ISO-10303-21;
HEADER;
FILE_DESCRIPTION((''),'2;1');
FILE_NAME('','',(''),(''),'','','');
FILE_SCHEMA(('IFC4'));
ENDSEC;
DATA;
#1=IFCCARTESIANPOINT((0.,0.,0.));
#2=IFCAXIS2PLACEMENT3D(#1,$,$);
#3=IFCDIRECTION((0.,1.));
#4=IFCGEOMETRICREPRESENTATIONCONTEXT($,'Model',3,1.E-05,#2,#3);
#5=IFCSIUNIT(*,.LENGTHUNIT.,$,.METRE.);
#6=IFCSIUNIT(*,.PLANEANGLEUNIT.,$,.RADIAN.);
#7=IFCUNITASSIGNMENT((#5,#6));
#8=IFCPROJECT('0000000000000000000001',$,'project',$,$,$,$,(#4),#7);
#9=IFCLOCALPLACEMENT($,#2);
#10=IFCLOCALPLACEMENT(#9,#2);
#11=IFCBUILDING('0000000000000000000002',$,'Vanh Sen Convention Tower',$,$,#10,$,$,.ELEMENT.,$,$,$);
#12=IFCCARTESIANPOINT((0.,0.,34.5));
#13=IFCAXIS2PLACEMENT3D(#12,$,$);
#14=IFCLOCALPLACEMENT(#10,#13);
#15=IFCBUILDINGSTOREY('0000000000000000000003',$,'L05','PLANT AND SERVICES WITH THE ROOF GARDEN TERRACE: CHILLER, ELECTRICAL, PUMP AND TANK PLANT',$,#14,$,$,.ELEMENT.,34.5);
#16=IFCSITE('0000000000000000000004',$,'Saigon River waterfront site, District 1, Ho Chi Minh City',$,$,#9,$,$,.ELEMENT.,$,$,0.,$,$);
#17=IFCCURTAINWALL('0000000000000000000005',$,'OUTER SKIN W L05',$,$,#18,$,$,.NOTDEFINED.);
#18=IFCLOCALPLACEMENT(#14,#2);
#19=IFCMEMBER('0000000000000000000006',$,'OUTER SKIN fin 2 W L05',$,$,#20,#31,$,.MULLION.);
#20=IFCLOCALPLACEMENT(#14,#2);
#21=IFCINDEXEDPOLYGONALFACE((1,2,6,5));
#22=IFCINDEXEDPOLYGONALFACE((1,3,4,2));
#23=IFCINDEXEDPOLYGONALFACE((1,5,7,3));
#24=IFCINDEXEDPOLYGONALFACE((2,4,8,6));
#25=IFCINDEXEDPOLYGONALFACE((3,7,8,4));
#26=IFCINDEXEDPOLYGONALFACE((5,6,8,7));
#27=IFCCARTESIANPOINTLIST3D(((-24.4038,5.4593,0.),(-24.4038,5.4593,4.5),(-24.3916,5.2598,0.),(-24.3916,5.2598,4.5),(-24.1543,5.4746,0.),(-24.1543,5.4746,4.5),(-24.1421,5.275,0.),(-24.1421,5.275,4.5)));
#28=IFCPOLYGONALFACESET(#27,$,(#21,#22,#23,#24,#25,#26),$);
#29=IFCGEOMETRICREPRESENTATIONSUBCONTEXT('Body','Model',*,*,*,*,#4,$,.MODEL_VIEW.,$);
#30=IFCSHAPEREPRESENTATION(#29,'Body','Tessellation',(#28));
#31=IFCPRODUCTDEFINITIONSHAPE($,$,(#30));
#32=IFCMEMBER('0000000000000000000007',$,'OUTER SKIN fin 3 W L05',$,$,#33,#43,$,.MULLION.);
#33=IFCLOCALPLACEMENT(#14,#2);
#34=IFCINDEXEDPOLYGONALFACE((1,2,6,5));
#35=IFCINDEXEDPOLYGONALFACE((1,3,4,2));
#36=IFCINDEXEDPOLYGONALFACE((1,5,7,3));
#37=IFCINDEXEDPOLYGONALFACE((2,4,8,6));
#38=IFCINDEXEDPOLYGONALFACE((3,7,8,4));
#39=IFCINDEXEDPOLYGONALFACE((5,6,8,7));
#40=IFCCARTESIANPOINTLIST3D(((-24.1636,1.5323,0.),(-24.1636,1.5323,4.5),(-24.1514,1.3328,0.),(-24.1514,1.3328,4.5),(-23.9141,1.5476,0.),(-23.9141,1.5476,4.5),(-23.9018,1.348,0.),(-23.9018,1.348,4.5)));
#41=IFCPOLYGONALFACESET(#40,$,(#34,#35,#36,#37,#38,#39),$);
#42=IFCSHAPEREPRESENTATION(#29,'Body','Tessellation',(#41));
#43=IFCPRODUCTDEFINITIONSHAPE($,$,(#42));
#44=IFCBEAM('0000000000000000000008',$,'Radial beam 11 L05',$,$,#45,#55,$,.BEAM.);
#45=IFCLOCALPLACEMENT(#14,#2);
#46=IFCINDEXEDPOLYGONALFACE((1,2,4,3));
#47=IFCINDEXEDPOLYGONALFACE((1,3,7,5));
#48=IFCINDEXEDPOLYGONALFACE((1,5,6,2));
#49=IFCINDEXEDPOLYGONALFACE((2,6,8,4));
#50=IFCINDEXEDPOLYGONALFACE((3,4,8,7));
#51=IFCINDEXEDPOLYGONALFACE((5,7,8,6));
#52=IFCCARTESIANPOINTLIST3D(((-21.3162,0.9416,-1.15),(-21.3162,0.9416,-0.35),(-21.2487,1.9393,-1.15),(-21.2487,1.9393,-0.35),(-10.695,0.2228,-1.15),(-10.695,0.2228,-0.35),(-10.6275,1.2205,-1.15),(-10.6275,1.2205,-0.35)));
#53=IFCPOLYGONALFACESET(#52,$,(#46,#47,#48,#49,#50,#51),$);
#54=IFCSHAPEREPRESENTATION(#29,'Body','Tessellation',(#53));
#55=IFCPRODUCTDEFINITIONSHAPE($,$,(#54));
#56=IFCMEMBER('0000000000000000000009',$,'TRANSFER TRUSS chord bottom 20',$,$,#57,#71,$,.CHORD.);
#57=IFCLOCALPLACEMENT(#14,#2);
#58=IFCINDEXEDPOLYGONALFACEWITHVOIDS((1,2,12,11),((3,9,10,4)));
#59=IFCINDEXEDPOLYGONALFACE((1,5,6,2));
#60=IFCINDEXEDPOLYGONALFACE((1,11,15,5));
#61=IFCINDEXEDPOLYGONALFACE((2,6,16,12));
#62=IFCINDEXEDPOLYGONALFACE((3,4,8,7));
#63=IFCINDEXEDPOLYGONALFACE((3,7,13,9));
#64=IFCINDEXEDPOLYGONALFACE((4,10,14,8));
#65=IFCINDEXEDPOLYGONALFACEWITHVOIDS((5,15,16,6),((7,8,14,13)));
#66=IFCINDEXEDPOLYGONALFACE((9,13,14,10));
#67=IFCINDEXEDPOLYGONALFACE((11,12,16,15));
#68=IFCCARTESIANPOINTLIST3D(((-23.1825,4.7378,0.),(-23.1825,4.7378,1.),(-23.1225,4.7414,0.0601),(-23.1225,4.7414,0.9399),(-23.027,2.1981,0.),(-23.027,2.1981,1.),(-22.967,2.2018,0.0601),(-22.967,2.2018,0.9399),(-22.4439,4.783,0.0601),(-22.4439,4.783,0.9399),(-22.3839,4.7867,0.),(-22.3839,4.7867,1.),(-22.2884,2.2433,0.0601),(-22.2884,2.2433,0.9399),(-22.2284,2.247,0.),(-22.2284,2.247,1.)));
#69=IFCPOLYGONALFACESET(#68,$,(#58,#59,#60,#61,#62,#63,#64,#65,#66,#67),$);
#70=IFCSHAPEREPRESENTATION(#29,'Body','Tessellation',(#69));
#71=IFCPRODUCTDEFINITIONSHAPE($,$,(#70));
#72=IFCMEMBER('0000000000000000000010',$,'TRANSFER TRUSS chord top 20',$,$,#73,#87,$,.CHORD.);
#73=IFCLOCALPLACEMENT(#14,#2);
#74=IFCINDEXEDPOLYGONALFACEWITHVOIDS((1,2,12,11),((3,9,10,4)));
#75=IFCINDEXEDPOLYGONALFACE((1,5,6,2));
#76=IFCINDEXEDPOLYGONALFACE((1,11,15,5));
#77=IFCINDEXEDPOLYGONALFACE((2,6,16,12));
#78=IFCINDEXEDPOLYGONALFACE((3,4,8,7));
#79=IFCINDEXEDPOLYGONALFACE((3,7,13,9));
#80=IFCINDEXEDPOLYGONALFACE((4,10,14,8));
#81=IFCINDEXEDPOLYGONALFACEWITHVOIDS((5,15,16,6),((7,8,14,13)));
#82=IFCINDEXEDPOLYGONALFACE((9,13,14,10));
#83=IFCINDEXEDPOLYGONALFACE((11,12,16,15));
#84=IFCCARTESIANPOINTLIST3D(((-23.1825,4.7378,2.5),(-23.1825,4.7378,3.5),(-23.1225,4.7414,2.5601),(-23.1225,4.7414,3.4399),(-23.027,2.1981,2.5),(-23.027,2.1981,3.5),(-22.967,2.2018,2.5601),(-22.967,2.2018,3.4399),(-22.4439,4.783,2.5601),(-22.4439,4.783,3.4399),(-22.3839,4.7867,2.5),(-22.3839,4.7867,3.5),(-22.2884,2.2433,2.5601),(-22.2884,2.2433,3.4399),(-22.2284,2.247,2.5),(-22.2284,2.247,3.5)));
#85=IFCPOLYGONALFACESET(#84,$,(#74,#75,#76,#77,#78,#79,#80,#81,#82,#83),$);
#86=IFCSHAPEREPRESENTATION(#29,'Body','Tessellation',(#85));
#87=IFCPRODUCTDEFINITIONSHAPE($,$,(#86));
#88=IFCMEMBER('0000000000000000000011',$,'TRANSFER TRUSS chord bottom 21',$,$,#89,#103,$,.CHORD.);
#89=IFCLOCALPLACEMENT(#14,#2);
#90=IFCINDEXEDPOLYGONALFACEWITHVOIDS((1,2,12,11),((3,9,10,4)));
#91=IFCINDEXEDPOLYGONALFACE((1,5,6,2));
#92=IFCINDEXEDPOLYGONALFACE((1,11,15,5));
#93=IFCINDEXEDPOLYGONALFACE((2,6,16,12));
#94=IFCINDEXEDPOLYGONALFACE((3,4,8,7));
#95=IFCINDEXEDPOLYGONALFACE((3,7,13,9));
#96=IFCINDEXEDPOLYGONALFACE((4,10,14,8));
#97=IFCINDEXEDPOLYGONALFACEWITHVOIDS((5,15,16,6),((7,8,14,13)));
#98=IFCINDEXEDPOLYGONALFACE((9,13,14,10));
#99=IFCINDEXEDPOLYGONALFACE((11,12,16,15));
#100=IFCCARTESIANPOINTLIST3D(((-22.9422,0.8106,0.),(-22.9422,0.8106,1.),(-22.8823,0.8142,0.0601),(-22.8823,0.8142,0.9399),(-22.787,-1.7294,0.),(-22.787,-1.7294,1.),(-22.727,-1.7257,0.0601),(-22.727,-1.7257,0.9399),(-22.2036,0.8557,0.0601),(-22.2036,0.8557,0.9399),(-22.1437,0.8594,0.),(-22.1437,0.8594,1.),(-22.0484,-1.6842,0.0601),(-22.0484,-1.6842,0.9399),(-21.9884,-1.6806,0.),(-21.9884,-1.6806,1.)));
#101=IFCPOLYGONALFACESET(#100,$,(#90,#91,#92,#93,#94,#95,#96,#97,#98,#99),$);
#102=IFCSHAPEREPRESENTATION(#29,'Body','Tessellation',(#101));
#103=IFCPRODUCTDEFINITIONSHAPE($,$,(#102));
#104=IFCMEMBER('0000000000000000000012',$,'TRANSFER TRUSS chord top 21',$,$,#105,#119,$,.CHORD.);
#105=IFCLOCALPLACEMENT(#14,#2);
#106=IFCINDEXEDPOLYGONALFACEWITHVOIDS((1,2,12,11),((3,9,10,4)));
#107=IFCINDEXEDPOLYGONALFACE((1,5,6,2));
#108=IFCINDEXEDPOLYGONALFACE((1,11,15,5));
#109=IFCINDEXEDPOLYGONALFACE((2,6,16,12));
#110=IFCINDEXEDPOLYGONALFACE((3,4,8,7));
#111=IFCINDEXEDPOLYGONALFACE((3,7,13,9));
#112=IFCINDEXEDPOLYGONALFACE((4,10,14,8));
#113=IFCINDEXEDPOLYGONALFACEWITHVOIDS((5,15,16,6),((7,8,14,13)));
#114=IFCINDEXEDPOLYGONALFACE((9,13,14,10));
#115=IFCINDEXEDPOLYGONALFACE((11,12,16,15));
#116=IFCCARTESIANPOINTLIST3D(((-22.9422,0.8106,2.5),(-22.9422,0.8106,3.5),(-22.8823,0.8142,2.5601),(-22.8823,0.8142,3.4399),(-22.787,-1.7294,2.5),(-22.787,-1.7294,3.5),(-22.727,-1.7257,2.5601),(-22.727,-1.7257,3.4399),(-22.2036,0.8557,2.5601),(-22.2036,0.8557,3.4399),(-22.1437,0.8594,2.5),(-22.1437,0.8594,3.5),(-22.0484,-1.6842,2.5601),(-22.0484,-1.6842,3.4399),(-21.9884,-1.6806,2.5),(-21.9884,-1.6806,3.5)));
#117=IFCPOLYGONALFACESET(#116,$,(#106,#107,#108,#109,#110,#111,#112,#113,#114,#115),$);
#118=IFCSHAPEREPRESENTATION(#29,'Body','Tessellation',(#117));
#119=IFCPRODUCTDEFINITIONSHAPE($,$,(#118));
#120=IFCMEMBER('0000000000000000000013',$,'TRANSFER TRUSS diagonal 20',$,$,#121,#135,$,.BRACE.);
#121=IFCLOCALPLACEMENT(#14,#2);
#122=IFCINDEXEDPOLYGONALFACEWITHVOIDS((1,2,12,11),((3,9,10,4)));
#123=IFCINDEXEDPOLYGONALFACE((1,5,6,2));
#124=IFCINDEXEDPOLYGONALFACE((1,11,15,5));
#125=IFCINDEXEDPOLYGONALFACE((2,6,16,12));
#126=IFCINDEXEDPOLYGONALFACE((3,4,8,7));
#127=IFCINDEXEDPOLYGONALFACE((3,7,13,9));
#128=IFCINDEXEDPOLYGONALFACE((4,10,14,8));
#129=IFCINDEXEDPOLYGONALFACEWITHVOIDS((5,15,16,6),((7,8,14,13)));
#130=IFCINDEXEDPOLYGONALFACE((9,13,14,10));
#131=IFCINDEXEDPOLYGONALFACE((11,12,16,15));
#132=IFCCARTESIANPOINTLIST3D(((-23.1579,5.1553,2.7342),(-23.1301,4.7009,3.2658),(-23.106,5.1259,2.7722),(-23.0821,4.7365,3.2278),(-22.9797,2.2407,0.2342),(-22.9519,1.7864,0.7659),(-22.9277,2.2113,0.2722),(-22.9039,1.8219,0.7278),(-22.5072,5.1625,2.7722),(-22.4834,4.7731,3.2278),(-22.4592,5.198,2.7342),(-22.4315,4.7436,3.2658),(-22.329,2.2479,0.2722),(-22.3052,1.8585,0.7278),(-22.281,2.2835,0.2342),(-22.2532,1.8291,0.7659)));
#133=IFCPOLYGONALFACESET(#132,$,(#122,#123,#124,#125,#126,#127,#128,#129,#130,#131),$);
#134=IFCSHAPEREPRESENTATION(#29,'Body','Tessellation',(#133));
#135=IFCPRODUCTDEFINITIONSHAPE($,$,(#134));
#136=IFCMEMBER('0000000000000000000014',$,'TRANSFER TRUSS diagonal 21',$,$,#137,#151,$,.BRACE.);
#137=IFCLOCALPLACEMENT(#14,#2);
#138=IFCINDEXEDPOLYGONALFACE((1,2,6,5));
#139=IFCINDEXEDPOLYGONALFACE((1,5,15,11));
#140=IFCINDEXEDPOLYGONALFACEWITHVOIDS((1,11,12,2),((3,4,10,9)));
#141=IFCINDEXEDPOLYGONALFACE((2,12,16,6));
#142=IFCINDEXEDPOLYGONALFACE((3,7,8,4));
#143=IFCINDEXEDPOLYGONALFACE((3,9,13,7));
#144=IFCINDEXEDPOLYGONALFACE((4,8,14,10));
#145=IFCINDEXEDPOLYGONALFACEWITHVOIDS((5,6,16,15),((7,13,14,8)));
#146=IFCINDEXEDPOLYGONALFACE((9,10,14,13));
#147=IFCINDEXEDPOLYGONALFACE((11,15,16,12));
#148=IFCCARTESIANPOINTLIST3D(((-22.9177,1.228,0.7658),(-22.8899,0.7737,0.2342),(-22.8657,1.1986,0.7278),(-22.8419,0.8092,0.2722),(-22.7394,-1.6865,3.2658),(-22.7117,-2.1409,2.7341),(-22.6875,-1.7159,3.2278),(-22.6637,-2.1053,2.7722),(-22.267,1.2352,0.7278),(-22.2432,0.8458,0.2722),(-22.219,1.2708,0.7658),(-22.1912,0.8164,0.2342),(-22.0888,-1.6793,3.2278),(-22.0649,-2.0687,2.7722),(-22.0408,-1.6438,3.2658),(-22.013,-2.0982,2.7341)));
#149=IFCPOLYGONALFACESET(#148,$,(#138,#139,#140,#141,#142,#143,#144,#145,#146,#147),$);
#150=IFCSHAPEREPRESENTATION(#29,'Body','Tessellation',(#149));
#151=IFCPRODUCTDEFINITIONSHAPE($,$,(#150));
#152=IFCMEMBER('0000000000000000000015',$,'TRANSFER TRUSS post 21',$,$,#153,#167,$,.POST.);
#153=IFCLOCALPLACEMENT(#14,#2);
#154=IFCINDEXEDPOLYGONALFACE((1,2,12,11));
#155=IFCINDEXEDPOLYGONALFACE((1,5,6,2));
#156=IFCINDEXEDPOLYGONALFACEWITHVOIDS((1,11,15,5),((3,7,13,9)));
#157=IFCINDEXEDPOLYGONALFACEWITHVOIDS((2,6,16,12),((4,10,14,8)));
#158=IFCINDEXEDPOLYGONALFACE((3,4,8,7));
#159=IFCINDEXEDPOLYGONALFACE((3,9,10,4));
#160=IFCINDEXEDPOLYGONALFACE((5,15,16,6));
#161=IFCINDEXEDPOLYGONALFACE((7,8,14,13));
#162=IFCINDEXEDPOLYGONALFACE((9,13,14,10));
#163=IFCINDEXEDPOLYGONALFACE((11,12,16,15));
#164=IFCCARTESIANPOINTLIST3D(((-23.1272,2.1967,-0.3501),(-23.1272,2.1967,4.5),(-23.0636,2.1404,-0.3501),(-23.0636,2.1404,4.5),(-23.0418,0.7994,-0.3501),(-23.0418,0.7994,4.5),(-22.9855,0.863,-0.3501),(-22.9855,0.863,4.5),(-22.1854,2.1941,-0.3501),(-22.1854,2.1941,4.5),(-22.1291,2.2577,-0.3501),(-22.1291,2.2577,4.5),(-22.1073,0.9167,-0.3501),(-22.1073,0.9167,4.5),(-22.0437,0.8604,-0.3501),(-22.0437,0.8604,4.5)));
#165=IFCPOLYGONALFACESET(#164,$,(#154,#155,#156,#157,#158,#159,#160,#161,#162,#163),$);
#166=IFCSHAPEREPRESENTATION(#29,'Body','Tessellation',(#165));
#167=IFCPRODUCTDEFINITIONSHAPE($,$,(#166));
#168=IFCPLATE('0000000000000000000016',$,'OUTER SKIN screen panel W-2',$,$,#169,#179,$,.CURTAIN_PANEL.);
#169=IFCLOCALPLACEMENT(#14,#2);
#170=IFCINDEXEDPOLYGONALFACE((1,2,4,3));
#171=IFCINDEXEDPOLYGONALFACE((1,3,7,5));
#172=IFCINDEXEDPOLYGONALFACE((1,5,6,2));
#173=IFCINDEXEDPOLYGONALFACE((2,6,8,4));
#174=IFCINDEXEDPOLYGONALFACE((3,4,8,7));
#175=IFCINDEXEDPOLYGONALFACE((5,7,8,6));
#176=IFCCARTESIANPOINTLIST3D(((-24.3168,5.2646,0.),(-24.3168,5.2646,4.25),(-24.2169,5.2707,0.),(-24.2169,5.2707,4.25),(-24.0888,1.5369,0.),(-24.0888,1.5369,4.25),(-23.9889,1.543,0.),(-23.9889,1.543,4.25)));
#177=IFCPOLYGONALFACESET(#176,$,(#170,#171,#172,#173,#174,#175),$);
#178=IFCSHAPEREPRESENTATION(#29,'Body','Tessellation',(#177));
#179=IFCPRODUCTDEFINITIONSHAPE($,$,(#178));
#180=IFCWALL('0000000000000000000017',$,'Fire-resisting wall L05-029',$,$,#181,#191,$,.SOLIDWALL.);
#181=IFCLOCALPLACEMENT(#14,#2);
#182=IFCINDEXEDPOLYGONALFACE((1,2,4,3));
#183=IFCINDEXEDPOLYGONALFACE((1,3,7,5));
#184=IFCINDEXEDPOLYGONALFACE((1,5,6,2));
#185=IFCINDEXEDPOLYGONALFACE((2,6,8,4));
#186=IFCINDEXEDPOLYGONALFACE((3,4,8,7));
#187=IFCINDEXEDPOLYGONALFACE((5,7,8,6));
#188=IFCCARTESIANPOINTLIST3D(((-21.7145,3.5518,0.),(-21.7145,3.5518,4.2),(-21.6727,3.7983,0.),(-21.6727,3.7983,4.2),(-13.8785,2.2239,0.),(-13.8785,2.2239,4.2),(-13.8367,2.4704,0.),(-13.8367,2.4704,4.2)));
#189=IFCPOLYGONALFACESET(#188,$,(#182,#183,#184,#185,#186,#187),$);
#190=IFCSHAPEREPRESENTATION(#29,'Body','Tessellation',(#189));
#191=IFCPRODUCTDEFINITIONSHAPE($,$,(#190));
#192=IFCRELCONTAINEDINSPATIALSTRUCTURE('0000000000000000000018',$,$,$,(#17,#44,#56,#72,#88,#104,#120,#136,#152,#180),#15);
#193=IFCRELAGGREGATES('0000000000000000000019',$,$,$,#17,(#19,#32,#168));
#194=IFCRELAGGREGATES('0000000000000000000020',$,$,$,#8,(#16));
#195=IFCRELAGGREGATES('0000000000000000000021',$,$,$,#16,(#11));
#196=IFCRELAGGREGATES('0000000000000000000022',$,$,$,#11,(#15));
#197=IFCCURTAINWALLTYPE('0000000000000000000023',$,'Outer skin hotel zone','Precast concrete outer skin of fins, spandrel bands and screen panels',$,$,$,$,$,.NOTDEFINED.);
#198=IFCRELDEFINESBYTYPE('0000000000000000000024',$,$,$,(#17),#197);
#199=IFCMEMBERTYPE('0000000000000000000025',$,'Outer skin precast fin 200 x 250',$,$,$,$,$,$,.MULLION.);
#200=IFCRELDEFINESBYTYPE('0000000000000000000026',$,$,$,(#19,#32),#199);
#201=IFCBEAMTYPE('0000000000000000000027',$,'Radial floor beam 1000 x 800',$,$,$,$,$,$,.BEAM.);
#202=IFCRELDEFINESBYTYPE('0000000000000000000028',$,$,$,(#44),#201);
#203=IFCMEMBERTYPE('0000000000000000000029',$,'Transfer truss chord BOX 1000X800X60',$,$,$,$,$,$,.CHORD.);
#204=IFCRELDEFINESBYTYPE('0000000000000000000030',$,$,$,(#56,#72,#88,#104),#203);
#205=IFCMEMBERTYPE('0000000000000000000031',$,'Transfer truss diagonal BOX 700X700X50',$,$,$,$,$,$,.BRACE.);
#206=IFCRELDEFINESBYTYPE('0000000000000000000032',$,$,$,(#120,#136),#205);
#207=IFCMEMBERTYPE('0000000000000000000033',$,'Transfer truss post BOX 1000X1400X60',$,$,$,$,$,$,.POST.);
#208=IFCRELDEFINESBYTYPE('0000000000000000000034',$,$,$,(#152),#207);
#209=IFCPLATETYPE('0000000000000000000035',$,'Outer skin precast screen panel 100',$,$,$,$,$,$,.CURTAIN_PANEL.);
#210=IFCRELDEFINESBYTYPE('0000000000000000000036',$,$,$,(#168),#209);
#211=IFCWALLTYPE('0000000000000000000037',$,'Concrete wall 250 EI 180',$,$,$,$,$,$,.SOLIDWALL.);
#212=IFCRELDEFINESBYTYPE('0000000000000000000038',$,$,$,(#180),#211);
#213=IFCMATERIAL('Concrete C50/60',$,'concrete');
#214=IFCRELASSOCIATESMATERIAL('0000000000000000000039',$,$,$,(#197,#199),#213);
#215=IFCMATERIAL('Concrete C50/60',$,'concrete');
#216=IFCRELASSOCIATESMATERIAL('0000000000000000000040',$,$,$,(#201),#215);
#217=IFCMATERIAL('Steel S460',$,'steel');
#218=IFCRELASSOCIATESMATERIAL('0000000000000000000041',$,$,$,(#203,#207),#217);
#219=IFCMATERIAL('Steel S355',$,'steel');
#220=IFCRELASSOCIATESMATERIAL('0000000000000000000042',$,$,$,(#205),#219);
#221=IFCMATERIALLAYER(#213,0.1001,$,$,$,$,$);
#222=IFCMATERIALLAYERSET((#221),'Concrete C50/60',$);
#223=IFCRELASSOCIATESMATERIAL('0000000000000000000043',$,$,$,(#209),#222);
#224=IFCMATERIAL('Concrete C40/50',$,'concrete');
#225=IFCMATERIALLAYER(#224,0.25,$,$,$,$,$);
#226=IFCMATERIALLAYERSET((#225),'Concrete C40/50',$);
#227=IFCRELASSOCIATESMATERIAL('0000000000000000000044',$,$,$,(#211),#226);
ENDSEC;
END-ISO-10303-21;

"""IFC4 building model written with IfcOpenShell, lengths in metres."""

from ifc_helpers import new_model, si_unit, direction, frame, frame_2d, origin, origin_2d, place, context, subcontext, project, spatial, rectangle, hollow_rectangle, extrude, material, layer, layer_set, material_profile, profile_set, type_object, element, aggregate, save


model = new_model("IFC4")

# Units and contexts
model_context = context("Model", 3, precision=1e-05, world=origin(), true_north=direction((0.0, 1.0)))
body_context = subcontext(model_context, "Body", "Model", "MODEL_VIEW")
ifc_project = project(units=[si_unit("LENGTHUNIT", "METRE"), si_unit("PLANEANGLEUNIT", "RADIAN")], contexts=[model_context])

# Site, building, storey
site_placement = place(None, origin())
site = spatial("IfcSite", under=ifc_project, at=site_placement, Name="Saigon River waterfront site, District 1, Ho Chi Minh City", CompositionType="ELEMENT", RefElevation=0.0)
building_placement = place(site_placement, origin())
building = spatial("IfcBuilding", under=site, at=building_placement, Name="Vanh Sen Convention Tower", CompositionType="ELEMENT")
storey_placement = place(building_placement, frame((0.0, 0.0, 34.5)))
storey = spatial("IfcBuildingStorey", under=building, at=storey_placement, Name="L05", Description="PLANT AND SERVICES WITH THE ROOF GARDEN TERRACE: CHILLER, ELECTRICAL, PUMP AND TANK PLANT", CompositionType="ELEMENT", Elevation=34.5)

# Curtain wall, members
ifc_material_1 = material(Name="Concrete C50/60", Category="concrete")
curtain_wall_type = type_object("IfcCurtainWallType", Name="Outer skin hotel zone", Description="Precast concrete outer skin of fins, spandrel bands and screen panels", PredefinedType="NOTDEFINED", material=ifc_material_1)
curtain_wall_placement = place(storey_placement, origin())
curtain_wall = element("IfcCurtainWall", 1, at=curtain_wall_placement, inside=storey, type_object=curtain_wall_type, Name="OUTER SKIN W L05", PredefinedType="NOTDEFINED")
ifc_material_profile_1 = material_profile(ifc_material_1, rectangle(XDim=0.2, YDim=0.25, at=origin_2d()), Name="Outer skin precast fin 200 x 250")
ifc_profile_set_1 = profile_set([ifc_material_profile_1], Name="Concrete C50/60")
member_type_1 = type_object("IfcMemberType", Name="Outer skin precast fin 200 x 250", PredefinedType="MULLION", material=ifc_profile_set_1)
member_1_placement = place(storey_placement, frame((-24.2729, 5.3672, 0.0), z_axis=(0.0, 0.0, 1.0), x_axis=(0.061049, -0.998135, 0.0)))
member_1 = element("IfcMember", 2, at=member_1_placement, type_object=member_type_1, Name="OUTER SKIN fin 2 W L05", PredefinedType="MULLION", context=body_context, shape_type="SweptSolid", body=[
    extrude(rectangle(XDim=0.2, YDim=0.25, at=origin_2d()), origin(), (0.0, 0.0, 1.0), 4.5),
])
member_2_placement = place(storey_placement, frame((-24.0327, 1.4402, 0.0), z_axis=(0.0, 0.0, 1.0), x_axis=(0.061049, -0.998135, 0.0)))
member_2 = element("IfcMember", 3, at=member_2_placement, type_object=member_type_1, Name="OUTER SKIN fin 3 W L05", PredefinedType="MULLION", context=body_context, shape_type="SweptSolid", body=[
    extrude(rectangle(XDim=0.2, YDim=0.25, at=origin_2d()), origin(), (0.0, 0.0, 1.0), 4.5),
])

# Beam
ifc_material_2 = material(Name="Concrete C50/60", Category="concrete")
ifc_material_profile_2 = material_profile(ifc_material_2, rectangle(XDim=1.0, YDim=0.8, at=origin_2d()), Name="RC 1000X800")
ifc_profile_set_2 = profile_set([ifc_material_profile_2], Name="Concrete C50/60")
beam_type = type_object("IfcBeamType", Name="Radial floor beam 1000 x 800", PredefinedType="BEAM", material=ifc_profile_set_2)
beam_placement = place(storey_placement, frame((-21.2825, 1.4404, -0.75), z_axis=(0.997718, -0.067516, 0.0), x_axis=(0.067516, 0.997718, 0.0)))
element("IfcBeam", 4, at=beam_placement, inside=storey, type_object=beam_type, Name="Radial beam 11 L05", PredefinedType="BEAM", context=body_context, shape_type="SweptSolid", body=[
    extrude(rectangle(XDim=1.0, YDim=0.8, at=origin_2d()), origin(), (0.0, 0.0, 1.0), 10.6455),
])

# Members
ifc_material_3 = material(Name="Steel S460", Category="steel")
ifc_material_profile_3 = material_profile(ifc_material_3, hollow_rectangle(XDim=0.8, YDim=1.0, WallThickness=0.0601, at=origin_2d()), Name="BOX 1000X800X60")
ifc_profile_set_3 = profile_set([ifc_material_profile_3], Name="Steel S460")
member_type_2 = type_object("IfcMemberType", Name="Transfer truss chord BOX 1000X800X60", PredefinedType="CHORD", material=ifc_profile_set_3)
for number, where, z_axis, x_axis, name in (
    (5, (-22.7832, 4.7622, 0.5), (0.061118, -0.998131, 0.0), (0.998131, 0.061118, 0.0), "TRANSFER TRUSS chord bottom 20"),
    (6, (-22.7832, 4.7622, 3.0), (0.061118, -0.998131, 0.0), (0.998131, 0.061118, 0.0), "TRANSFER TRUSS chord top 20"),
):
    element("IfcMember", number, at=place(storey_placement, frame(where, z_axis=z_axis, x_axis=x_axis)), inside=storey, type_object=member_type_2, Name=name, PredefinedType="CHORD", context=body_context, shape_type="SweptSolid", body=[
        extrude(hollow_rectangle(XDim=0.8, YDim=1.0, WallThickness=0.0601, at=origin_2d()), origin(), (0.0, 0.0, 1.0), 2.5444),
    ])
for number, where, z_axis, x_axis, name in (
    (7, (-22.543, 0.835, 0.5), (0.061016, -0.998137, 0.0), (0.998137, 0.061016, 0.0), "TRANSFER TRUSS chord bottom 21"),
    (8, (-22.543, 0.835, 3.0), (0.061016, -0.998137, 0.0), (0.998137, 0.061016, 0.0), "TRANSFER TRUSS chord top 21"),
):
    element("IfcMember", number, at=place(storey_placement, frame(where, z_axis=z_axis, x_axis=x_axis)), inside=storey, type_object=member_type_2, Name=name, PredefinedType="CHORD", context=body_context, shape_type="SweptSolid", body=[
        extrude(hollow_rectangle(XDim=0.8, YDim=1.0, WallThickness=0.0601, at=origin_2d()), origin(), (0.0, 0.0, 1.0), 2.5447),
    ])
ifc_material_4 = material(Name="Steel S355", Category="steel")
ifc_material_profile_4 = material_profile(ifc_material_4, hollow_rectangle(XDim=0.7, YDim=0.7, WallThickness=0.05, at=origin_2d()), Name="BOX 700X700X50")
ifc_profile_set_4 = profile_set([ifc_material_profile_4], Name="Steel S355")
member_type_3 = type_object("IfcMemberType", Name="Transfer truss diagonal BOX 700X700X50", PredefinedType="BRACE", material=ifc_profile_set_4)
for number, where, z_axis, x_axis, name in (
    (9, (-22.7947, 4.9495, 3.0), (0.046364, -0.758207, -0.650363), (0.998136, 0.061035, 0.0), "TRANSFER TRUSS diagonal 20"),
    (10, (-22.5544, 1.0222, 0.5), (0.046364, -0.758207, 0.650363), (0.998136, 0.061035, 0.0), "TRANSFER TRUSS diagonal 21"),
):
    element("IfcMember", number, at=place(storey_placement, frame(where, z_axis=z_axis, x_axis=x_axis)), inside=storey, type_object=member_type_3, Name=name, PredefinedType="BRACE", context=body_context, shape_type="SweptSolid", body=[
        extrude(hollow_rectangle(XDim=0.7, YDim=0.7, WallThickness=0.05, at=origin_2d()), origin(), (0.0, 0.0, 1.0), 3.844),
    ])
ifc_material_profile_5 = material_profile(ifc_material_3, hollow_rectangle(XDim=1.3999, YDim=1.0, WallThickness=0.0601, at=origin_2d()), Name="BOX 1000X1400X60")
ifc_profile_set_5 = profile_set([ifc_material_profile_5], Name="Steel S460")
member_type_4 = type_object("IfcMemberType", Name="Transfer truss post BOX 1000X1400X60", PredefinedType="POST", material=ifc_profile_set_5)
member_3_placement = place(storey_placement, frame((-22.5854, 1.5286, -0.3501), z_axis=(0.0, 0.0, 1.0), x_axis=(0.061049, -0.998135, 0.0)))
element("IfcMember", 11, at=member_3_placement, inside=storey, type_object=member_type_4, Name="TRANSFER TRUSS post 21", PredefinedType="POST", context=body_context, shape_type="SweptSolid", body=[
    extrude(hollow_rectangle(XDim=1.3999, YDim=1.0, WallThickness=0.0601, at=origin_2d()), origin(), (0.0, 0.0, 1.0), 4.8501),
])

# Plate
ifc_layer_1 = layer(ifc_material_1, 0.1001)
ifc_layer_set_1 = layer_set([ifc_layer_1], Name="Concrete C50/60")
plate_type = type_object("IfcPlateType", Name="Outer skin precast screen panel 100", PredefinedType="CURTAIN_PANEL", material=ifc_layer_set_1)
plate_placement = place(storey_placement, frame((-24.1528, 3.4038, 0.0), z_axis=(0.0, 0.0, 1.0), x_axis=(0.061049, -0.998135, 0.0)))
plate = element("IfcPlate", 12, at=plate_placement, type_object=plate_type, Name="OUTER SKIN screen panel W-2", PredefinedType="CURTAIN_PANEL", context=body_context, shape_type="SweptSolid", body=[
    extrude(rectangle(XDim=3.7346, YDim=0.1001, at=origin_2d()), origin(), (0.0, 0.0, 1.0), 4.25),
])
aggregate(curtain_wall, [member_1, member_2, plate])

# Wall
ifc_material_5 = material(Name="Concrete C40/50", Category="concrete")
ifc_layer_2 = layer(ifc_material_5, 0.25)
ifc_layer_set_2 = layer_set([ifc_layer_2], Name="Concrete C40/50")
wall_type = type_object("IfcWallType", Name="Concrete wall 250 EI 180", PredefinedType="SOLIDWALL", material=ifc_layer_set_2)
wall_1_placement = place(storey_placement, frame((-21.6936, 3.675, 0.0), z_axis=(0.0, 0.0, 1.0), x_axis=(0.985944, -0.167078, 0.0)))
element("IfcWall", 13, at=wall_1_placement, inside=storey, type_object=wall_type, Name="Fire-resisting wall L05-029", PredefinedType="SOLIDWALL", context=body_context, shape_type="SweptSolid", body=[
    extrude(rectangle(XDim=7.9478, YDim=0.25, at=frame_2d((3.9739, 0.0))), origin(), (0.0, 0.0, 1.0), 4.2),
])

save(model, "model.ifc")
